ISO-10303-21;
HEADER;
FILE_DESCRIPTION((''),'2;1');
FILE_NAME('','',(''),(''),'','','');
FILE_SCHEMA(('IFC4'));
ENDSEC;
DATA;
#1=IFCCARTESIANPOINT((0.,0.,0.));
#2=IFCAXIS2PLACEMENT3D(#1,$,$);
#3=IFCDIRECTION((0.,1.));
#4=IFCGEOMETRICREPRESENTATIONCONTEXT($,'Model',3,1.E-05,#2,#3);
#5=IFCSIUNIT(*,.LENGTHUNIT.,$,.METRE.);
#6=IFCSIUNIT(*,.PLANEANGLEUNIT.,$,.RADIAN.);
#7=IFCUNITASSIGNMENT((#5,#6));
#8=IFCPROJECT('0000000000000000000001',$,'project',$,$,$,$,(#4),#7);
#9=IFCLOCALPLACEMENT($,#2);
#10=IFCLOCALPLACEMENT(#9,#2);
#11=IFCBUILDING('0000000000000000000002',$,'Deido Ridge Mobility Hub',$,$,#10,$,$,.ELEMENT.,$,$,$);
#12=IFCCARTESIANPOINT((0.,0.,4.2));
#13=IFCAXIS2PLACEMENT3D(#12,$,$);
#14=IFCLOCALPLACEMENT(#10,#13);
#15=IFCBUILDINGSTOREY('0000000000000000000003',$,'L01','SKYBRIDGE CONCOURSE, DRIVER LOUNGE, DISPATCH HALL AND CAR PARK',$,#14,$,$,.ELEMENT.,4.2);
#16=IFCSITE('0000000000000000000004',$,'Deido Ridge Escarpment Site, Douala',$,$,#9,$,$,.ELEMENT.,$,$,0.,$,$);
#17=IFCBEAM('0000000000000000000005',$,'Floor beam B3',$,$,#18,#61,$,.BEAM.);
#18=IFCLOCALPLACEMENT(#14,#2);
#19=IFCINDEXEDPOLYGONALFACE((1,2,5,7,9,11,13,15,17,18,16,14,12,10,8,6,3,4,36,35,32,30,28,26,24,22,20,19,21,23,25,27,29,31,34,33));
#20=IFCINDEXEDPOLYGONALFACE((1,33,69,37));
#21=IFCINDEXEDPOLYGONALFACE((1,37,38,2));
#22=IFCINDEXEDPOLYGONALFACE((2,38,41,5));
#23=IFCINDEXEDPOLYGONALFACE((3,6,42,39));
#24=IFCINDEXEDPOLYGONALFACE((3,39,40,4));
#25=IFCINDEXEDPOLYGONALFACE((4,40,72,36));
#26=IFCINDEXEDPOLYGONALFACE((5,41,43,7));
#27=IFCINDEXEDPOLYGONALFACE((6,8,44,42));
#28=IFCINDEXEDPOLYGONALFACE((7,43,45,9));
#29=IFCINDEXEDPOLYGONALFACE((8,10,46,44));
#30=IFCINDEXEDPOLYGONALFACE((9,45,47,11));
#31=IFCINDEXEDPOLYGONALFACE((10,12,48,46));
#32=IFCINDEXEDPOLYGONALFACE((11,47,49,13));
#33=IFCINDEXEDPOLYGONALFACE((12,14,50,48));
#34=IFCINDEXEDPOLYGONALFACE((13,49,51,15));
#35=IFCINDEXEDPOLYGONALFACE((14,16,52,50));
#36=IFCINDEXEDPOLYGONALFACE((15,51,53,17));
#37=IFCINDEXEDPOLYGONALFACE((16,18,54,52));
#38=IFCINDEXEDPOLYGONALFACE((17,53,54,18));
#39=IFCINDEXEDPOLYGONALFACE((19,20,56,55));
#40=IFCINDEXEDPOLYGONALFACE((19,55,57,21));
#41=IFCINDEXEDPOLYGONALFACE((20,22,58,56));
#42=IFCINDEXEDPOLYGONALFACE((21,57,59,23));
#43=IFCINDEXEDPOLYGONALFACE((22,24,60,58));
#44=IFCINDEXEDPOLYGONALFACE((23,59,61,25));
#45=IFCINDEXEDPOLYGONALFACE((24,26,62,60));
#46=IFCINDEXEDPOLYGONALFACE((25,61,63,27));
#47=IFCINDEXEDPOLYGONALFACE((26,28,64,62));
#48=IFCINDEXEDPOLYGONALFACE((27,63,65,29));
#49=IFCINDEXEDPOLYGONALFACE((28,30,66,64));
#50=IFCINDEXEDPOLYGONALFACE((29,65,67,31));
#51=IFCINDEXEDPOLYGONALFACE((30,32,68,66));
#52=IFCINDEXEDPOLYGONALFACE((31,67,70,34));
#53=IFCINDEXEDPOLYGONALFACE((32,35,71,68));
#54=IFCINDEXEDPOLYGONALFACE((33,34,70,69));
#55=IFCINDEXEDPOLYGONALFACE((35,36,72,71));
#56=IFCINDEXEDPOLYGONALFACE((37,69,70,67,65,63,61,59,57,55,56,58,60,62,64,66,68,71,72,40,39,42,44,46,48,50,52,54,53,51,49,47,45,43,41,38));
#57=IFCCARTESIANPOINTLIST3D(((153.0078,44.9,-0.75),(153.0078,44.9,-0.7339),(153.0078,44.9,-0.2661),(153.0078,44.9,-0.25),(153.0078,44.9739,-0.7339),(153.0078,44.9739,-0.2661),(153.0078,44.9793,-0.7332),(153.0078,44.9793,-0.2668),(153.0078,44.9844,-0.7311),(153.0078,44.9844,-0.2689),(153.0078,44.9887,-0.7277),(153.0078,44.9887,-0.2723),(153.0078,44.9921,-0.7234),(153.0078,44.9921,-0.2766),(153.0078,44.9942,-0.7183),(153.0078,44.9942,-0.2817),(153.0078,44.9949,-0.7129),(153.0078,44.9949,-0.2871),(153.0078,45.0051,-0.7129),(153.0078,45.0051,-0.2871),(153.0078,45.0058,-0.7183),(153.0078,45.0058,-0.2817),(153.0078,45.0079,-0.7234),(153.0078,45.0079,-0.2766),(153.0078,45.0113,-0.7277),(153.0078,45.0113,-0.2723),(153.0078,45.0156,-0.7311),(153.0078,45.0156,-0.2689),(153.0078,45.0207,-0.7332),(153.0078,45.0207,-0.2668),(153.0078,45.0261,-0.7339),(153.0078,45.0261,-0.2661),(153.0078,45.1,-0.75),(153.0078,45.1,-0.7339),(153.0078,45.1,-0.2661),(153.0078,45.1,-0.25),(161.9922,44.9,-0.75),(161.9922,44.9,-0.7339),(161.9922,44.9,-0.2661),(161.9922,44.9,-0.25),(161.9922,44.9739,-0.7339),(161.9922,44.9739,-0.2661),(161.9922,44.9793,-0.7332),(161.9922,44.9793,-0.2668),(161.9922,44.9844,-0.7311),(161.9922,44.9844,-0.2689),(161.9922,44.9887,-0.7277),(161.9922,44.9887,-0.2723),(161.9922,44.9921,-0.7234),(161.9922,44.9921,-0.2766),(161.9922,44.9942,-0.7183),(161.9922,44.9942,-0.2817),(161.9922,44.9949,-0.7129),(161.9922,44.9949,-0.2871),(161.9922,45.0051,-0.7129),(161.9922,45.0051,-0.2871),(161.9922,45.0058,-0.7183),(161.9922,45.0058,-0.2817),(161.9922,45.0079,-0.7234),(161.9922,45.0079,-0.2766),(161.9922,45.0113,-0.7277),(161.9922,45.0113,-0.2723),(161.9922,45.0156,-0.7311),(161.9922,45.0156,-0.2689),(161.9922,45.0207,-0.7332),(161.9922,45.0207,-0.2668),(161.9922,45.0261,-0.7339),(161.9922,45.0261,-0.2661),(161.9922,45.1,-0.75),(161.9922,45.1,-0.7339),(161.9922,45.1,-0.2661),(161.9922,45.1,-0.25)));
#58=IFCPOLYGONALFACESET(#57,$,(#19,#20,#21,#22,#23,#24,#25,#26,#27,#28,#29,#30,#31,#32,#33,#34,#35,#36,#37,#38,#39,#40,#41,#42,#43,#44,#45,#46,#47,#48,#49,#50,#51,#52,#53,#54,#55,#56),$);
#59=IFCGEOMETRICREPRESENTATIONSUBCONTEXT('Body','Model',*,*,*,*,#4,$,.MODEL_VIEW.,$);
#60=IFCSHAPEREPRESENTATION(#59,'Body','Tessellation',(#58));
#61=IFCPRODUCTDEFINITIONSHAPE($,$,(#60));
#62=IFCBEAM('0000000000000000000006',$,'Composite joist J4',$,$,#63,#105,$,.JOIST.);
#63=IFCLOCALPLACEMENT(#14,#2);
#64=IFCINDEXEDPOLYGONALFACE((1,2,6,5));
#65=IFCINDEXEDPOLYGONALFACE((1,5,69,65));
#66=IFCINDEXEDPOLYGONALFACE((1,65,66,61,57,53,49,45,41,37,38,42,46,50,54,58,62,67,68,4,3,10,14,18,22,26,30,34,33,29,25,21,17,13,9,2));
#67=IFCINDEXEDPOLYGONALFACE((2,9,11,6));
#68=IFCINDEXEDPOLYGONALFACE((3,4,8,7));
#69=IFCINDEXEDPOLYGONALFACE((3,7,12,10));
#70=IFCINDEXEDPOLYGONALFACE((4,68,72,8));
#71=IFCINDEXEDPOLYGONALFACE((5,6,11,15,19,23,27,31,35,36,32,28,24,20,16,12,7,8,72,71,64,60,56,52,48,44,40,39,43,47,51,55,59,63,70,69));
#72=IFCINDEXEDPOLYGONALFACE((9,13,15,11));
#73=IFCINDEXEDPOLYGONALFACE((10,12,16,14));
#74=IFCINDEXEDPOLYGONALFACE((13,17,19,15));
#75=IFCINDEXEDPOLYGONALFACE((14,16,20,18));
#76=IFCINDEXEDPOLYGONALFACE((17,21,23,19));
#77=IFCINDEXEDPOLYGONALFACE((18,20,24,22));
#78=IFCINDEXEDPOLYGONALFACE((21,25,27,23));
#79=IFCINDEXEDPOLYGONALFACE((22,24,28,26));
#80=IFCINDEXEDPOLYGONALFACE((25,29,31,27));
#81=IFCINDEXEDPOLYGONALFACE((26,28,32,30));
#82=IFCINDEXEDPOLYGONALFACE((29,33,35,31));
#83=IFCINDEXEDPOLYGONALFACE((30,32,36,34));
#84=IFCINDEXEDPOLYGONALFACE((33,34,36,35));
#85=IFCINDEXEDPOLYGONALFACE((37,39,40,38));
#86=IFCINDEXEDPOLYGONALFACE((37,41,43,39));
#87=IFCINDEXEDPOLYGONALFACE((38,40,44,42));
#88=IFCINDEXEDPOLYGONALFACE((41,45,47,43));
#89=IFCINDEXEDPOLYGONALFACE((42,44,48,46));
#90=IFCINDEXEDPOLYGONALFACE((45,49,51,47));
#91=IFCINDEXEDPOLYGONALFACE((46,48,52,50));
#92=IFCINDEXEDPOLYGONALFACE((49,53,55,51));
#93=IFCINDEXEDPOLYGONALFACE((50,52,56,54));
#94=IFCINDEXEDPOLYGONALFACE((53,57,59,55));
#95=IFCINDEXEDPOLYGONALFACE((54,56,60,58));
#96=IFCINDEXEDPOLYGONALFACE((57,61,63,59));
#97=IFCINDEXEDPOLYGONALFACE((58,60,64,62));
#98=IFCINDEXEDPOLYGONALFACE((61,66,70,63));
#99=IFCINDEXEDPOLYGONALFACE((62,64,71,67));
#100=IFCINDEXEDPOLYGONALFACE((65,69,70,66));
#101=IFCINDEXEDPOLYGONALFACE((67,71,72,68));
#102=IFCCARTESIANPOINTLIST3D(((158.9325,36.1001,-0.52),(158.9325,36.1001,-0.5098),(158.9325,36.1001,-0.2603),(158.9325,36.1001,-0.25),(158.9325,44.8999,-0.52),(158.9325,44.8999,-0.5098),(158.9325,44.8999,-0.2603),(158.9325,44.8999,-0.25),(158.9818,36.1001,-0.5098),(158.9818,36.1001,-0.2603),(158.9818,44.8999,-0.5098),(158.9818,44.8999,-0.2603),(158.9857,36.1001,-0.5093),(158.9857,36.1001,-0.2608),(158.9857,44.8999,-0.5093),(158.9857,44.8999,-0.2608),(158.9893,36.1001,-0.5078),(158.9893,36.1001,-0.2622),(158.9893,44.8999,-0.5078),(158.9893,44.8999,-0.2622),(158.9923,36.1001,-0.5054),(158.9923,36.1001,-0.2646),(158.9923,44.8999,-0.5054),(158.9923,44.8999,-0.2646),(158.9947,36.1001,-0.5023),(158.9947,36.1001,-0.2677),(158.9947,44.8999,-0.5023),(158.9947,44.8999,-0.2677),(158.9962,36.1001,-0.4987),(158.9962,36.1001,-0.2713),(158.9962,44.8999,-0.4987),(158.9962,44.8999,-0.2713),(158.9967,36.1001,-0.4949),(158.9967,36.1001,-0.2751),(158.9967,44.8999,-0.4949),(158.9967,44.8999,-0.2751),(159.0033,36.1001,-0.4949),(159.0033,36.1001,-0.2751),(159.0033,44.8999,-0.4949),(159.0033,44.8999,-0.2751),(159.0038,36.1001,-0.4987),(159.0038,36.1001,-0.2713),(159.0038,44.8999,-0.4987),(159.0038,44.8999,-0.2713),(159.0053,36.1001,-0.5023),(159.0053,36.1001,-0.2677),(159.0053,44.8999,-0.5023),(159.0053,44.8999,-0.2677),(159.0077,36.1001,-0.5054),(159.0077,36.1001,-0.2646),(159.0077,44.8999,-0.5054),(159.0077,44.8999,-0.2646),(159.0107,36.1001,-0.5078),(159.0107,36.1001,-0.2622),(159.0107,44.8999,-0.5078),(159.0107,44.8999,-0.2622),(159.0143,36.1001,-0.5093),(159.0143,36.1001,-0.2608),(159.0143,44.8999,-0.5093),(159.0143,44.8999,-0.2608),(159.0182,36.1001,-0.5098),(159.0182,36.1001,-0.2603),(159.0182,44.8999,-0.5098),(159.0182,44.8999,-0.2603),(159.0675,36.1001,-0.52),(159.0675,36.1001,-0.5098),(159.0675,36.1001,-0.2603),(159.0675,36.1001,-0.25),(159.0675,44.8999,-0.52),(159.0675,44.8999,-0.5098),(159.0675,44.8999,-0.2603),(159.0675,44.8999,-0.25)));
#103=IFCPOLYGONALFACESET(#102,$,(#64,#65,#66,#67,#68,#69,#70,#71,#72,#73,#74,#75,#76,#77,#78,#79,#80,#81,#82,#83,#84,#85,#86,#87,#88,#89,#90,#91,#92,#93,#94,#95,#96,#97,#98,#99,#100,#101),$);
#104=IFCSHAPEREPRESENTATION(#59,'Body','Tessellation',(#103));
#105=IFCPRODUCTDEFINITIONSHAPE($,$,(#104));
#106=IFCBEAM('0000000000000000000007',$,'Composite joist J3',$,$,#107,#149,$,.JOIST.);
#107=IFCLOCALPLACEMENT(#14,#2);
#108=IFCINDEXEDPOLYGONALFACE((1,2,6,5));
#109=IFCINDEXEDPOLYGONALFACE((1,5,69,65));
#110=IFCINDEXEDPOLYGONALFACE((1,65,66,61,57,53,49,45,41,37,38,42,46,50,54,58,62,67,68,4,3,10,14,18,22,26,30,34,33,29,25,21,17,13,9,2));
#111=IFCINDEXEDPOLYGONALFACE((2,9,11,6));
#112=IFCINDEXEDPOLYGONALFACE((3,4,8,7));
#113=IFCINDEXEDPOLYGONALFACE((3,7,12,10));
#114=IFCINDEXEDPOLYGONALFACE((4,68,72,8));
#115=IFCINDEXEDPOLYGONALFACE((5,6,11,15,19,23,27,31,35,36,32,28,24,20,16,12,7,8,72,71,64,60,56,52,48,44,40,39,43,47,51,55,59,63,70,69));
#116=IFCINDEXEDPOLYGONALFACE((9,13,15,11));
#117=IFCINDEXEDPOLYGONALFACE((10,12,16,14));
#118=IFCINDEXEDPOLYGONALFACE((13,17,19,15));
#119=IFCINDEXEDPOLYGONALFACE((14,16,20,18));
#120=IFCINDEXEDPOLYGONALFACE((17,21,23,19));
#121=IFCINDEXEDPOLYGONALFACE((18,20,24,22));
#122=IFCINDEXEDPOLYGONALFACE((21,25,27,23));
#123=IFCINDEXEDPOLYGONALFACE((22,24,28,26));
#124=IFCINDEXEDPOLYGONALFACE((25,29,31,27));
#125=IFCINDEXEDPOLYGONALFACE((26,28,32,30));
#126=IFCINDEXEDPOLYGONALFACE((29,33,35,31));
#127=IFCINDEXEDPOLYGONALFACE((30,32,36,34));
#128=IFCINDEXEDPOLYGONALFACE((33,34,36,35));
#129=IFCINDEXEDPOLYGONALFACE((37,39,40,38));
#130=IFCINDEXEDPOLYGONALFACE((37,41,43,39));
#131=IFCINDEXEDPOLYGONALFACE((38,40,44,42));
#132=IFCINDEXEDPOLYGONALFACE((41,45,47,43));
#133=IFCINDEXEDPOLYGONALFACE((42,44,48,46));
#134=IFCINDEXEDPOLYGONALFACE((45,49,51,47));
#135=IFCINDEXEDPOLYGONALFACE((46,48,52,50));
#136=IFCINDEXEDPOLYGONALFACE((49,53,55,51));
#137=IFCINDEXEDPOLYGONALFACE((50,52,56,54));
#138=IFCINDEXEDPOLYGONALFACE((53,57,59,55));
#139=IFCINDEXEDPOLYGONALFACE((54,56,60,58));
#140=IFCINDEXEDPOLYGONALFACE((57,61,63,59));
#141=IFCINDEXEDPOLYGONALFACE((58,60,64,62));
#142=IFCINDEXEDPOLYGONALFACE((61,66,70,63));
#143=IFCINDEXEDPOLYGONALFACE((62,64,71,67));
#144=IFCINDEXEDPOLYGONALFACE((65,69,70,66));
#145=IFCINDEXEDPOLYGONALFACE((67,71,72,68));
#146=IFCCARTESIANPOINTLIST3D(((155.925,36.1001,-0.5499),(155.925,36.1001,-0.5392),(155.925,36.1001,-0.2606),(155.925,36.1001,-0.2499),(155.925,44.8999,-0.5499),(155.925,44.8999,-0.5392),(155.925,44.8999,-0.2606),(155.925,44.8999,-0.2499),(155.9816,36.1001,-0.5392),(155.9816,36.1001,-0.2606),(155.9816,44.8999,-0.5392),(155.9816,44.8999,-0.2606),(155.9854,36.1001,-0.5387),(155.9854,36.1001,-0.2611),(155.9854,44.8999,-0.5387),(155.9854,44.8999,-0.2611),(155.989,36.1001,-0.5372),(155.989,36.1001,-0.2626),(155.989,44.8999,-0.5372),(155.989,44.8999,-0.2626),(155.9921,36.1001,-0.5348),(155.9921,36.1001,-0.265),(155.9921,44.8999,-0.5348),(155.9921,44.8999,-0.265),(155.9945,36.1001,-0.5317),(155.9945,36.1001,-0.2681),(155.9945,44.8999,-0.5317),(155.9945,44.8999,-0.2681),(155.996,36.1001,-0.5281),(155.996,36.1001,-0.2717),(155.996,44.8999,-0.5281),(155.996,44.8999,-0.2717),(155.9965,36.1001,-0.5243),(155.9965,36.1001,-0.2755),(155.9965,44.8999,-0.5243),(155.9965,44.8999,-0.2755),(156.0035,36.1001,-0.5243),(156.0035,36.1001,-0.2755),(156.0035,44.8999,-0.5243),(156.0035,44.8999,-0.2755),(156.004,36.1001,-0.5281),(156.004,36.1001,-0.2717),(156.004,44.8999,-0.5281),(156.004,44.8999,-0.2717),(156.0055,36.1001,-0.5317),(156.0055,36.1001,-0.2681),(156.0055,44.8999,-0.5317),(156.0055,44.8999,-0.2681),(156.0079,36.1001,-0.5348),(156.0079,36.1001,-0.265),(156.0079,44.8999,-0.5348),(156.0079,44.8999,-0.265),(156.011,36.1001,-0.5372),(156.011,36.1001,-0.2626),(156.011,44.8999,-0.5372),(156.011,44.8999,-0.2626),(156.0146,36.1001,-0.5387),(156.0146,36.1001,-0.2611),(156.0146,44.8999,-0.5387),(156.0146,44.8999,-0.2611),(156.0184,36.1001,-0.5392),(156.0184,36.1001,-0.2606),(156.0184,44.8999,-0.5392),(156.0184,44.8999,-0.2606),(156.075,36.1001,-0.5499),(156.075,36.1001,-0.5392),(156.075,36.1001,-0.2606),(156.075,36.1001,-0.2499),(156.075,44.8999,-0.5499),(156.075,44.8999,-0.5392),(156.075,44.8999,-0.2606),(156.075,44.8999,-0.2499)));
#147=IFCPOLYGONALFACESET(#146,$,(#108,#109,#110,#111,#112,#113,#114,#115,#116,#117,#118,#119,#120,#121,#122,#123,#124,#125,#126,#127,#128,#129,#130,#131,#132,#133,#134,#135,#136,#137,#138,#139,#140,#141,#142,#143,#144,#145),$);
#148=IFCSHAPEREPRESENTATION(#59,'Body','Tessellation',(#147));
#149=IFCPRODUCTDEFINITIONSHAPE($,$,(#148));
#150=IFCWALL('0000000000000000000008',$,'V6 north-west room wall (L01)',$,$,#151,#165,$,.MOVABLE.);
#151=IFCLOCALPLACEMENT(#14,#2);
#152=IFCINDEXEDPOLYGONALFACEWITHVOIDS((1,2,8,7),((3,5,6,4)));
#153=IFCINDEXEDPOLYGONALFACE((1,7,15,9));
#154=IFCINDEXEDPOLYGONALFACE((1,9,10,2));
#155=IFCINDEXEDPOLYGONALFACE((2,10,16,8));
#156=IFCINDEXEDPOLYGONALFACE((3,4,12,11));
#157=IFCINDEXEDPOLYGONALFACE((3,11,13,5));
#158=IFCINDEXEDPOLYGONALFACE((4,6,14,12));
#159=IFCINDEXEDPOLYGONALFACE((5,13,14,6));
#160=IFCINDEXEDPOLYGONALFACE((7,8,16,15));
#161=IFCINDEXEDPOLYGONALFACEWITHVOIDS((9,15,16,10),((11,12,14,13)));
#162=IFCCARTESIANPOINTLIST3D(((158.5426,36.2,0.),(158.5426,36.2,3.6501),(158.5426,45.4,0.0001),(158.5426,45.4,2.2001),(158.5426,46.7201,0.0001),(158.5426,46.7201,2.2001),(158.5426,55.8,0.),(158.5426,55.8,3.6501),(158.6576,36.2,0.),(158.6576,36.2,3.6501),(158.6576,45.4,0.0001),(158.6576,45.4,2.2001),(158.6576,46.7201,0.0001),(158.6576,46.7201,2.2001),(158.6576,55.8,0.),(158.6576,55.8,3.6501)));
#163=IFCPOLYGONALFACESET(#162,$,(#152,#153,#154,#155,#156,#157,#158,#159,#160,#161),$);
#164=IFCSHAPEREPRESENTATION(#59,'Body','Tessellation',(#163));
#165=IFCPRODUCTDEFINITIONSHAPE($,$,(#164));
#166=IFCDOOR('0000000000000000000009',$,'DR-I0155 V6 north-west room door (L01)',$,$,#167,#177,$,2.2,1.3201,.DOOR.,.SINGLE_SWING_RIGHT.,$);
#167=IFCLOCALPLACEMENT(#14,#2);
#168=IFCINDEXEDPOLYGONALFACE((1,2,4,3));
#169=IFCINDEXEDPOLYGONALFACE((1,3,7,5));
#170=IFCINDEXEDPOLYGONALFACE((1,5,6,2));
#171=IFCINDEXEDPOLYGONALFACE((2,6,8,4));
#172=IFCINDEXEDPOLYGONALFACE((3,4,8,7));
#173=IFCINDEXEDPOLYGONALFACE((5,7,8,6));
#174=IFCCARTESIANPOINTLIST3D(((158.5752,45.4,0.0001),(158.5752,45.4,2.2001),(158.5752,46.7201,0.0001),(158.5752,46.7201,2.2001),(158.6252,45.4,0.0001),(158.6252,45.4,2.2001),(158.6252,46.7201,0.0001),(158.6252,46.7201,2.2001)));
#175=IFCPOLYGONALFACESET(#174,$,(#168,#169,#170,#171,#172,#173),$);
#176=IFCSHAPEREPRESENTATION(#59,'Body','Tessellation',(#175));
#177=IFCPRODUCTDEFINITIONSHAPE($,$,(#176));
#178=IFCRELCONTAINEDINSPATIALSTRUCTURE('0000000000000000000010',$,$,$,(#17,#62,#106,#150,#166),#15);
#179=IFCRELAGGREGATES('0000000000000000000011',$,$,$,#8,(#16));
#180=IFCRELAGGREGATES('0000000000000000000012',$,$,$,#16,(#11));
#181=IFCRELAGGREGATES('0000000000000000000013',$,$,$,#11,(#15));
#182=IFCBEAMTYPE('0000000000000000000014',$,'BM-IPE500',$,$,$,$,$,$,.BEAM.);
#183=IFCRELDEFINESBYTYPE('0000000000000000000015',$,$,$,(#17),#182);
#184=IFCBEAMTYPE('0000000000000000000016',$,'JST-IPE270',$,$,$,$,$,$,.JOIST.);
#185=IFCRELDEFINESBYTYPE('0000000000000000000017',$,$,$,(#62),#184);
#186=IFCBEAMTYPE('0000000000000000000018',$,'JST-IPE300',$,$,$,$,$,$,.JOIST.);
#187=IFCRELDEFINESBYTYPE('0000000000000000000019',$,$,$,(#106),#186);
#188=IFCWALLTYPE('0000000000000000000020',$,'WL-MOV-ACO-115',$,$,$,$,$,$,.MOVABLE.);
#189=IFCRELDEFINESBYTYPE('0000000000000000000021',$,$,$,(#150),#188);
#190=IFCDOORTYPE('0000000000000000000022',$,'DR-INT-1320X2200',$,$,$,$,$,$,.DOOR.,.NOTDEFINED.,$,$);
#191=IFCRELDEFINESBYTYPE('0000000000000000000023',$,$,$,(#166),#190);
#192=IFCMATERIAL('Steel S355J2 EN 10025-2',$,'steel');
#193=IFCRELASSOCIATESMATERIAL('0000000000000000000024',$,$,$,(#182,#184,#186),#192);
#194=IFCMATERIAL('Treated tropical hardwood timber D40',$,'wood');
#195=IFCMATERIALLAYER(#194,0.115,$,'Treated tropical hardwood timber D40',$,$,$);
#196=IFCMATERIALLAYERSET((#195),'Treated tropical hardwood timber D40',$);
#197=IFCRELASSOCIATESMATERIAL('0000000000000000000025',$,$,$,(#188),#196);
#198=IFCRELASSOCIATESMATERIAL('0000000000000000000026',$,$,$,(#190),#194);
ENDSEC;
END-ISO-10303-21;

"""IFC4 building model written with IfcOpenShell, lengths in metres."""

from ifc_helpers import new_model, si_unit, direction, frame, frame_2d, origin, origin_2d, place, context, subcontext, project, spatial, rectangle, i_section, extrude, material, layer, layer_set, material_profile, profile_set, type_object, element, fill, save


model = new_model("IFC4")

# Units and contexts
model_context = context("Model", 3, precision=1e-05, world=origin(), true_north=direction((0.0, 1.0)))
body_context = subcontext(model_context, "Body", "Model", "MODEL_VIEW")
ifc_project = project(units=[si_unit("LENGTHUNIT", "METRE"), si_unit("PLANEANGLEUNIT", "RADIAN")], contexts=[model_context])

# Site, building, storey
site_placement = place(None, origin())
site = spatial("IfcSite", under=ifc_project, at=site_placement, Name="Deido Ridge Escarpment Site, Douala", CompositionType="ELEMENT", RefElevation=0.0)
building_placement = place(site_placement, origin())
building = spatial("IfcBuilding", under=site, at=building_placement, Name="Deido Ridge Mobility Hub", CompositionType="ELEMENT")
storey_placement = place(building_placement, frame((0.0, 0.0, 4.2)))
storey = spatial("IfcBuildingStorey", under=building, at=storey_placement, Name="L01", Description="SKYBRIDGE CONCOURSE, DRIVER LOUNGE, DISPATCH HALL AND CAR PARK", CompositionType="ELEMENT", Elevation=4.2)

# Shared definitions
ifc_material_1 = material(Name="Steel S355J2 EN 10025-2", Category="steel")

# Beams
ifc_material_profile_1 = material_profile(ifc_material_1, i_section(OverallWidth=0.2, OverallDepth=0.5, WebThickness=0.0103, FlangeThickness=0.0161, FilletRadius=0.021, at=origin_2d()), Name="IPE 500")
ifc_profile_set_1 = profile_set([ifc_material_profile_1], Name="Steel S355J2 EN 10025-2")
beam_type_1 = type_object("IfcBeamType", Name="BM-IPE500", PredefinedType="BEAM", material=ifc_profile_set_1)
for number, where, z_axis, x_axis, name in (
    (1, (153.0078, 45.0, -0.5), (1.0, 0.0, 0.0), (0.0, 1.0, 0.0), "Floor beam B3"),
):
    element("IfcBeam", number, at=place(storey_placement, frame(where, z_axis=z_axis, x_axis=x_axis)), inside=storey, type_object=beam_type_1, Name=name, PredefinedType="BEAM", context=body_context, shape_type="SweptSolid", body=[
        extrude(i_section(OverallWidth=0.2, OverallDepth=0.5, WebThickness=0.0103, FlangeThickness=0.0161, FilletRadius=0.021, at=origin_2d()), origin(), (0.0, 0.0, 1.0), 8.9844),
    ])
ifc_material_profile_2 = material_profile(ifc_material_1, i_section(OverallWidth=0.135, OverallDepth=0.27, WebThickness=0.0066, FlangeThickness=0.0103, FilletRadius=0.0149, at=origin_2d()), Name="IPE 270")
ifc_profile_set_2 = profile_set([ifc_material_profile_2], Name="Steel S355J2 EN 10025-2")
beam_type_2 = type_object("IfcBeamType", Name="JST-IPE270", PredefinedType="JOIST", material=ifc_profile_set_2)
beam_1_placement = place(storey_placement, frame((159.0, 36.1001, -0.385), z_axis=(0.0, 1.0, 0.0), x_axis=(-1.0, 0.0, 0.0)))
element("IfcBeam", 2, at=beam_1_placement, inside=storey, type_object=beam_type_2, Name="Composite joist J4", PredefinedType="JOIST", context=body_context, shape_type="SweptSolid", body=[
    extrude(i_section(OverallWidth=0.135, OverallDepth=0.27, WebThickness=0.0066, FlangeThickness=0.0103, FilletRadius=0.0149, at=origin_2d()), origin(), (0.0, 0.0, 1.0), 8.7998),
])
ifc_material_profile_3 = material_profile(ifc_material_1, i_section(OverallWidth=0.1499, OverallDepth=0.3, WebThickness=0.0071, FlangeThickness=0.0107, FilletRadius=0.0149, at=origin_2d()), Name="IPE 300")
ifc_profile_set_3 = profile_set([ifc_material_profile_3], Name="Steel S355J2 EN 10025-2")
beam_type_3 = type_object("IfcBeamType", Name="JST-IPE300", PredefinedType="JOIST", material=ifc_profile_set_3)
beam_2_placement = place(storey_placement, frame((156.0, 36.1001, -0.3999), z_axis=(0.0, 1.0, 0.0), x_axis=(-1.0, 0.0, 0.0)))
element("IfcBeam", 3, at=beam_2_placement, inside=storey, type_object=beam_type_3, Name="Composite joist J3", PredefinedType="JOIST", context=body_context, shape_type="SweptSolid", body=[
    extrude(i_section(OverallWidth=0.1499, OverallDepth=0.3, WebThickness=0.0071, FlangeThickness=0.0107, FilletRadius=0.0149, at=origin_2d()), origin(), (0.0, 0.0, 1.0), 8.7998),
])

# Wall, opening, door
ifc_material_2 = material(Name="Treated tropical hardwood timber D40", Category="wood")
ifc_layer_1 = layer(ifc_material_2, 0.115, Name="Treated tropical hardwood timber D40")
ifc_layer_set_1 = layer_set([ifc_layer_1], Name="Treated tropical hardwood timber D40")
wall_type_1 = type_object("IfcWallType", Name="WL-MOV-ACO-115", PredefinedType="MOVABLE", material=ifc_layer_set_1)
wall_1_placement = place(storey_placement, frame((158.6001, 36.2, 0.0), z_axis=(0.0, 0.0, 1.0), x_axis=(0.0, 1.0, 0.0)))
wall_1 = element("IfcWall", 4, at=wall_1_placement, inside=storey, type_object=wall_type_1, Name="V6 north-west room wall (L01)", PredefinedType="MOVABLE", context=body_context, shape_type="SweptSolid", body=[
    extrude(rectangle(XDim=19.6001, YDim=0.115, at=frame_2d((9.8, 0.0))), origin(), (0.0, 0.0, 1.0), 3.6501),
])
opening_placement = place(wall_1_placement, frame((9.2, 0.0, 0.0)))
opening = element("IfcOpeningElement", 5, at=opening_placement, cuts=wall_1, PredefinedType="OPENING", context=body_context, shape_type="SweptSolid", body=[
    extrude(rectangle(XDim=1.3201, YDim=2.2, at=frame_2d((0.6602, 1.1001))), frame((0.0, 0.0674, 0.0), z_axis=(0.0, -1.0, 0.0), x_axis=(1.0, 0.0, 0.0)), (0.0, 0.0, 1.0), 0.135),
])
door_type = type_object("IfcDoorType", Name="DR-INT-1320X2200", OperationType="NOTDEFINED", PredefinedType="DOOR", material=ifc_material_2)
door_placement = place(opening_placement, origin())
door = element("IfcDoor", 6, at=door_placement, inside=storey, type_object=door_type, Name="DR-I0155 V6 north-west room door (L01)", OperationType="SINGLE_SWING_RIGHT", OverallHeight=2.2, OverallWidth=1.3201, PredefinedType="DOOR", context=body_context, shape_type="SweptSolid", body=[
    extrude(rectangle(XDim=1.3201, YDim=2.2, at=frame_2d((0.6602, 1.1001))), frame((0.0, 0.0249, 0.0), z_axis=(0.0, -1.0, 0.0), x_axis=(1.0, 0.0, 0.0)), (0.0, 0.0, 1.0), 0.05),
])
fill(opening, door)

save(model, "model.ifc")
